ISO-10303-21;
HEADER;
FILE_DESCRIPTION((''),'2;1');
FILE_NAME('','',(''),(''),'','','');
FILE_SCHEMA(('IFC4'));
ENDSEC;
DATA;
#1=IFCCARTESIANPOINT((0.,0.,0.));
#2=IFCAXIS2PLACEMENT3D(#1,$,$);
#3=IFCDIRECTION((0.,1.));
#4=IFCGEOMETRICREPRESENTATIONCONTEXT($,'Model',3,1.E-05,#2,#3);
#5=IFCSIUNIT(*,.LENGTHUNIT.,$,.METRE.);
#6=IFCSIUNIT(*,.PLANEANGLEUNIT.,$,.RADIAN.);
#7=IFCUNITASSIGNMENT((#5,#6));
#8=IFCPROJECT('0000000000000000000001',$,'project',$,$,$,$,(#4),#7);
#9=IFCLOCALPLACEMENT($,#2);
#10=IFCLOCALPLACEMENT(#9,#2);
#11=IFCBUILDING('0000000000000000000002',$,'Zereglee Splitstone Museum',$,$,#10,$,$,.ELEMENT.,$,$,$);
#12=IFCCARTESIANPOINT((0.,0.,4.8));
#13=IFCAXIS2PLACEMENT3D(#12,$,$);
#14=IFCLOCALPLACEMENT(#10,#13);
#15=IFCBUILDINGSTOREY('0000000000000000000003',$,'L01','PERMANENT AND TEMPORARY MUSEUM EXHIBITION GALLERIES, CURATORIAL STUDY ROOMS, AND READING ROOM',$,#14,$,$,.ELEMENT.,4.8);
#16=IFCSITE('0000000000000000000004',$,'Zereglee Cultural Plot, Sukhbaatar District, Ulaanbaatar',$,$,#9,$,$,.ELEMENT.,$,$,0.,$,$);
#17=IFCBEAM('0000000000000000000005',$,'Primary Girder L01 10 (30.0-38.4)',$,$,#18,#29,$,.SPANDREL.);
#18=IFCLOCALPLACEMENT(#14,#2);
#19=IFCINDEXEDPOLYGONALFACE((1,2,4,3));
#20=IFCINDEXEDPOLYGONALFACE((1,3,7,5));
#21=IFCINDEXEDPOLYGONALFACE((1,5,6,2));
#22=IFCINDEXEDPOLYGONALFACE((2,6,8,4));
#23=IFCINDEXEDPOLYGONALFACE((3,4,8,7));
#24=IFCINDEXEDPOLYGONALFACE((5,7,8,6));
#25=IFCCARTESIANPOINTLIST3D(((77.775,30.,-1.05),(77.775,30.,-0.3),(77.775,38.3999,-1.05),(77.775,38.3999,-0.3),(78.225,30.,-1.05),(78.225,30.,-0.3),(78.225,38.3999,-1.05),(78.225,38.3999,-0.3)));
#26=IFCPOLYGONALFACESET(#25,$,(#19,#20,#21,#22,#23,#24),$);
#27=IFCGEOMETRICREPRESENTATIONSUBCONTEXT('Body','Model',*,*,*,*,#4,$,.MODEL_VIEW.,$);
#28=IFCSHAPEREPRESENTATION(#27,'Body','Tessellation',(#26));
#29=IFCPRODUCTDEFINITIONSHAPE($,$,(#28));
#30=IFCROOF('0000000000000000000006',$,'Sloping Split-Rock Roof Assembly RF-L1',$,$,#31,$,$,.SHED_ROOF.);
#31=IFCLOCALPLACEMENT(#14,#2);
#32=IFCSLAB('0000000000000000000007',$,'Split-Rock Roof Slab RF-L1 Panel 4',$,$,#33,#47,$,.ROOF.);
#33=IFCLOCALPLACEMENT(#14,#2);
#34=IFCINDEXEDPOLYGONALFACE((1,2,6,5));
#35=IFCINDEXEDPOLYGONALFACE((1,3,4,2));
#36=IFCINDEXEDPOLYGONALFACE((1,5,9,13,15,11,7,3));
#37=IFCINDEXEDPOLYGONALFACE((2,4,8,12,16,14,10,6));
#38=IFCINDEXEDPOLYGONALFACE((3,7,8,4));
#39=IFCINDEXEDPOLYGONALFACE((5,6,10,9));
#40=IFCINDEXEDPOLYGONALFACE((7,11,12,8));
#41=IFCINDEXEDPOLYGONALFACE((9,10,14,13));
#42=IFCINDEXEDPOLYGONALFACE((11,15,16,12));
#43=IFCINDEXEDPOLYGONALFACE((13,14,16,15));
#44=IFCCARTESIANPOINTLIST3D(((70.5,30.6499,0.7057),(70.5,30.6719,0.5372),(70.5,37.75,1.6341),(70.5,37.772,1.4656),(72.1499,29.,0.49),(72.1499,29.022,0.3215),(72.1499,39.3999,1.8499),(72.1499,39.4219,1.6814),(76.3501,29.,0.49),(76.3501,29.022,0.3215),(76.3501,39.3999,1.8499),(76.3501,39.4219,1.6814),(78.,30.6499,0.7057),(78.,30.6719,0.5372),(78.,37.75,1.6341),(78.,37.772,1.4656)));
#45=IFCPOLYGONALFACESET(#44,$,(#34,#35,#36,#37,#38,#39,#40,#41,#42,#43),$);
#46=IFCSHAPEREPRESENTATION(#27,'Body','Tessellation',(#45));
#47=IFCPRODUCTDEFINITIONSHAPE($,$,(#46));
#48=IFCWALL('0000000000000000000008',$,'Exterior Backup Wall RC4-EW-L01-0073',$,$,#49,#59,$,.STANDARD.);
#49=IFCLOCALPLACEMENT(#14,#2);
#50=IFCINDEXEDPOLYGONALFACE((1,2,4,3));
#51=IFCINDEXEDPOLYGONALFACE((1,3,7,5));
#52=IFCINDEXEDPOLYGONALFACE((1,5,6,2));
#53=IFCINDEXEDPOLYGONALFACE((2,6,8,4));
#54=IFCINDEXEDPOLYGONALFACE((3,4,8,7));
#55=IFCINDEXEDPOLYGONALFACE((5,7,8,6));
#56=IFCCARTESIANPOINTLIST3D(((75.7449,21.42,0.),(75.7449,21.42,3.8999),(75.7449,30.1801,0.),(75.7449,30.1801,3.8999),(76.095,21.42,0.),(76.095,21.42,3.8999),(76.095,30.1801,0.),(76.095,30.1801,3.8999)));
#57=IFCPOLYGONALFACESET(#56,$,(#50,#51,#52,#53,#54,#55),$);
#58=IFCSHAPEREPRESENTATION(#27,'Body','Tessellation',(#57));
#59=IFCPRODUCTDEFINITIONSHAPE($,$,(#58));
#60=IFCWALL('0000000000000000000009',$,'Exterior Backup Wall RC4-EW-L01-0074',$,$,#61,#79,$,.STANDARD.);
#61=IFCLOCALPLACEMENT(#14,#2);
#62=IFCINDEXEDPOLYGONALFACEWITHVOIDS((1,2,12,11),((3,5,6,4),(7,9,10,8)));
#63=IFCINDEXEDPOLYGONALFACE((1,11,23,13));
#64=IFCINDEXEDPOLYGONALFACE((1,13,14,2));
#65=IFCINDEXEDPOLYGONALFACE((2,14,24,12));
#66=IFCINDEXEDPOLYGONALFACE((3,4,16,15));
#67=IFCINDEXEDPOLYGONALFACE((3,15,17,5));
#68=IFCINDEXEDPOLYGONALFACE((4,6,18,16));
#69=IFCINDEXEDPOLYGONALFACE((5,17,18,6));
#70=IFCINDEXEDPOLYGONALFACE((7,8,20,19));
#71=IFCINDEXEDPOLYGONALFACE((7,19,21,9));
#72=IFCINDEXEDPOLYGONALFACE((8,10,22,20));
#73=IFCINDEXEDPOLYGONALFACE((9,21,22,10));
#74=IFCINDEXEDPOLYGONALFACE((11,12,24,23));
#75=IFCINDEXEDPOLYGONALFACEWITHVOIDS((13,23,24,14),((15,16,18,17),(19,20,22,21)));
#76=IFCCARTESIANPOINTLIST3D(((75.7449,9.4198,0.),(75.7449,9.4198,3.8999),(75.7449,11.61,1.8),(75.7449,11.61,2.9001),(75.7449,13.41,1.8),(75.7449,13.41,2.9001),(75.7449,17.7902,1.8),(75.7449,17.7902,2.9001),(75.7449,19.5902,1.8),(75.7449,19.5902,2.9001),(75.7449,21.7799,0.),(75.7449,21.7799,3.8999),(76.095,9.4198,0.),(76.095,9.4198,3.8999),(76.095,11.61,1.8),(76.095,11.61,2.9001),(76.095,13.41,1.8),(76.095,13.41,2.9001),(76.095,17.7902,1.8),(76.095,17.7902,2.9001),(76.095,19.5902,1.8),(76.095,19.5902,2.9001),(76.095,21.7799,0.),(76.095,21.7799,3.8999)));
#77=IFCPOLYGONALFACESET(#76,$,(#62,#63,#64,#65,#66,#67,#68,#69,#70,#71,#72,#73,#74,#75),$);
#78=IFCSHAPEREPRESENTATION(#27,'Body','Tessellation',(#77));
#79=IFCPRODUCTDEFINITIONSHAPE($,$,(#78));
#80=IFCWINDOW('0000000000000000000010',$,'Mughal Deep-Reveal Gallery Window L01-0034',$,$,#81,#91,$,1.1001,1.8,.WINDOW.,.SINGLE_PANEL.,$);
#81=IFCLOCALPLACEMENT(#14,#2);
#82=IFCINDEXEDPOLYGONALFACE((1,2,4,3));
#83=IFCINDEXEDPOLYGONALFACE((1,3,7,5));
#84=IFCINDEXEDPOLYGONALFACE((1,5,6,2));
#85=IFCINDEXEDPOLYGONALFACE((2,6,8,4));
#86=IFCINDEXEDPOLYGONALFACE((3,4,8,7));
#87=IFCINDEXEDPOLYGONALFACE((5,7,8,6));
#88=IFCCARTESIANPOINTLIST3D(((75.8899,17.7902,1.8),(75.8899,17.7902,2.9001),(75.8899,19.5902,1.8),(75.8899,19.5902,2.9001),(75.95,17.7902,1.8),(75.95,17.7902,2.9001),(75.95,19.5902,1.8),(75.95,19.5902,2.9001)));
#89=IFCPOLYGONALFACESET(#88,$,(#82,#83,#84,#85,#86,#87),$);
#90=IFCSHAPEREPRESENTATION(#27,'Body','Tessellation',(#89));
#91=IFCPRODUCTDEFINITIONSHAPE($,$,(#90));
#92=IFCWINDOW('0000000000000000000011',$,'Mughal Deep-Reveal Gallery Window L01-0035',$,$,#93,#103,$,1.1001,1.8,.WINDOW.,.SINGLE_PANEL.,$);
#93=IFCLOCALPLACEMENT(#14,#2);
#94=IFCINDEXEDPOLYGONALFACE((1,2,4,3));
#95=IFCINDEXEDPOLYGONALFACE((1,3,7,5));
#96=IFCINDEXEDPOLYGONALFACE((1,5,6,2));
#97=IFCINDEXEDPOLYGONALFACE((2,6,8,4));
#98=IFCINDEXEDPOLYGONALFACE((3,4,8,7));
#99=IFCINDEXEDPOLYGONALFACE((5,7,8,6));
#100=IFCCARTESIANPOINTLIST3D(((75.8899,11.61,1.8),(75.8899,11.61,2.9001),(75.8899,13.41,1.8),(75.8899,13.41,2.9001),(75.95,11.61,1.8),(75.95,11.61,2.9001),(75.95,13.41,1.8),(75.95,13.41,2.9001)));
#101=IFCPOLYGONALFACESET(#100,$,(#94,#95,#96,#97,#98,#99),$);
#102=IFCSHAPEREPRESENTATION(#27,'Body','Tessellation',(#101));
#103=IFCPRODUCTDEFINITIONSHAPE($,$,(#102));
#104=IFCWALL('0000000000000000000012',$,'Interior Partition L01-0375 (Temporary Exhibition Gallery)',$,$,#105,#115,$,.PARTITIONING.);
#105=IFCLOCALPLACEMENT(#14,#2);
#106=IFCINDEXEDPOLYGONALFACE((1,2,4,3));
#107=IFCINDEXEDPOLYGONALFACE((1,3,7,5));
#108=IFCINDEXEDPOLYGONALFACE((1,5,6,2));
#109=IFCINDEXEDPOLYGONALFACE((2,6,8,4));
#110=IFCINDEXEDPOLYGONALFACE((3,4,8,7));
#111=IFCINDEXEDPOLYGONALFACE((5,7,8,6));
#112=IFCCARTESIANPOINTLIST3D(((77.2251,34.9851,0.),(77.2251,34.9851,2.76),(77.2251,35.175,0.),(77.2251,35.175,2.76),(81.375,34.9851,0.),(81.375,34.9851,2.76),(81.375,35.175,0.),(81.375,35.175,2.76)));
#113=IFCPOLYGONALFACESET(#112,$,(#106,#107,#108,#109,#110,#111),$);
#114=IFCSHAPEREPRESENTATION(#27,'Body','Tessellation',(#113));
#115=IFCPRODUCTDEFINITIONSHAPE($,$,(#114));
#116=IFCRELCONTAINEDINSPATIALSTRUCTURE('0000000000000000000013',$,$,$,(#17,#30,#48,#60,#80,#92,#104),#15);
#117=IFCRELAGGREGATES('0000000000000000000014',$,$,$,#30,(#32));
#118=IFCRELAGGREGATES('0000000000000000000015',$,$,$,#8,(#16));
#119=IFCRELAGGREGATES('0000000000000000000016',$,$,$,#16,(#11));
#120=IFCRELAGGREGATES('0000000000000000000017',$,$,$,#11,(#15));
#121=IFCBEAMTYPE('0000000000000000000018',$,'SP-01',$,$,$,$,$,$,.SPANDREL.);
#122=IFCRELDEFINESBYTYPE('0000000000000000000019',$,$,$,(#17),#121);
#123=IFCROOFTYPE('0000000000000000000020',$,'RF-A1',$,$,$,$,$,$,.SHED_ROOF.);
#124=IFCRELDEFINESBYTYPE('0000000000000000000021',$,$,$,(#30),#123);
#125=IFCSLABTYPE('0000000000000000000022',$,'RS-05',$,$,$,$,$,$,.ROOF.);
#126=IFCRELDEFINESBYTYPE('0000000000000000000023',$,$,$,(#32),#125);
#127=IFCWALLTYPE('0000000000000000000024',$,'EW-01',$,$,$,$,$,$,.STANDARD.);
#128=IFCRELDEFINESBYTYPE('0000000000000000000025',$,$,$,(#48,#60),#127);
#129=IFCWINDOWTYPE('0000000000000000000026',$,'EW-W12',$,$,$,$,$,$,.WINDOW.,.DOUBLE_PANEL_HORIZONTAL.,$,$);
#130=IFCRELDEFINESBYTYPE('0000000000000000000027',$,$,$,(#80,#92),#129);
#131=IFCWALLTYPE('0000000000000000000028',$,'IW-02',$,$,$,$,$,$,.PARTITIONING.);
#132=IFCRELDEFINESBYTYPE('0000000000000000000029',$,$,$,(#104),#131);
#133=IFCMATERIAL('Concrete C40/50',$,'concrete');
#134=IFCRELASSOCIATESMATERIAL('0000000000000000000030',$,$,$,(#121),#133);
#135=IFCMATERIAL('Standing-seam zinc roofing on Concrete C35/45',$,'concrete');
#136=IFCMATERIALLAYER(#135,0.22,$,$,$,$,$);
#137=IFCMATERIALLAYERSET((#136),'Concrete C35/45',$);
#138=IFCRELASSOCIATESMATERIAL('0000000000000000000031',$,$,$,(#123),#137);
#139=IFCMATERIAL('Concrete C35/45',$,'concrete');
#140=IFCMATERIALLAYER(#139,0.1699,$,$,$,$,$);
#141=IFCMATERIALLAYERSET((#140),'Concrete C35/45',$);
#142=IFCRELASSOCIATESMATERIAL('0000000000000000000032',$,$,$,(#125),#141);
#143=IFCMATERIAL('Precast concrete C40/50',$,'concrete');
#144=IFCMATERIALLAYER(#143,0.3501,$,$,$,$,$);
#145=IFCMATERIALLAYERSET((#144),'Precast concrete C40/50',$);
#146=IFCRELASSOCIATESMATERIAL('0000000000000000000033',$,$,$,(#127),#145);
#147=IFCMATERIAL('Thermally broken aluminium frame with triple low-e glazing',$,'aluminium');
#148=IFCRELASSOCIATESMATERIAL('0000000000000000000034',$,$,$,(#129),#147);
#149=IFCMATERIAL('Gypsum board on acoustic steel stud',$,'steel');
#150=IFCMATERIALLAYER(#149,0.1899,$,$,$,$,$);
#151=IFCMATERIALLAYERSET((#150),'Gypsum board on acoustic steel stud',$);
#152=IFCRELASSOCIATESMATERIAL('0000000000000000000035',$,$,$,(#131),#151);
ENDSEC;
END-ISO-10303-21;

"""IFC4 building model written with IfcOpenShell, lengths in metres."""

from ifc_helpers import new_model, si_unit, direction, frame, frame_2d, origin, origin_2d, place, context, subcontext, project, spatial, polyline, rectangle, outline, extrude, material, layer, layer_set, material_profile, profile_set, type_object, element, fill, aggregate, save


model = new_model("IFC4")

# Units and contexts
model_context = context("Model", 3, precision=1e-05, world=origin(), true_north=direction((0.0, 1.0)))
body_context = subcontext(model_context, "Body", "Model", "MODEL_VIEW")
ifc_project = project(units=[si_unit("LENGTHUNIT", "METRE"), si_unit("PLANEANGLEUNIT", "RADIAN")], contexts=[model_context])

# Site, building, storey
site_placement = place(None, origin())
site = spatial("IfcSite", under=ifc_project, at=site_placement, Name="Zereglee Cultural Plot, Sukhbaatar District, Ulaanbaatar", CompositionType="ELEMENT", RefElevation=0.0)
building_placement = place(site_placement, origin())
building = spatial("IfcBuilding", under=site, at=building_placement, Name="Zereglee Splitstone Museum", CompositionType="ELEMENT")
storey_placement = place(building_placement, frame((0.0, 0.0, 4.8)))
storey = spatial("IfcBuildingStorey", under=building, at=storey_placement, Name="L01", Description="PERMANENT AND TEMPORARY MUSEUM EXHIBITION GALLERIES, CURATORIAL STUDY ROOMS, AND READING ROOM", CompositionType="ELEMENT", Elevation=4.8)

# Beam
ifc_material_1 = material(Name="Concrete C40/50", Category="concrete")
ifc_material_profile_1 = material_profile(ifc_material_1, rectangle(XDim=0.45, YDim=0.75, at=origin_2d()), Name="RC 450x750")
ifc_profile_set_1 = profile_set([ifc_material_profile_1], Name="Concrete C40/50")
beam_type_1 = type_object("IfcBeamType", Name="SP-01", PredefinedType="SPANDREL", material=ifc_profile_set_1)
beam_1_placement = place(storey_placement, frame((78.0, 30.0, -0.675), z_axis=(0.0, 1.0, 0.0), x_axis=(-1.0, 0.0, 0.0)))
element("IfcBeam", 1, at=beam_1_placement, inside=storey, type_object=beam_type_1, Name="Primary Girder L01 10 (30.0-38.4)", PredefinedType="SPANDREL", context=body_context, shape_type="SweptSolid", body=[
    extrude(rectangle(XDim=0.45, YDim=0.75, at=origin_2d()), origin(), (0.0, 0.0, 1.0), 8.3999),
])

# Roof, slab
ifc_material_2 = material(Name="Standing-seam zinc roofing on Concrete C35/45", Category="concrete")
ifc_layer_1 = layer(ifc_material_2, 0.22)
ifc_layer_set_1 = layer_set([ifc_layer_1], Name="Concrete C35/45")
roof_type = type_object("IfcRoofType", Name="RF-A1", PredefinedType="SHED_ROOF", material=ifc_layer_set_1)
roof_placement = place(storey_placement, origin())
roof = element("IfcRoof", 2, at=roof_placement, inside=storey, type_object=roof_type, Name="Sloping Split-Rock Roof Assembly RF-L1", PredefinedType="SHED_ROOF")
ifc_material_3 = material(Name="Concrete C35/45", Category="concrete")
ifc_layer_2 = layer(ifc_material_3, 0.1699)
ifc_layer_set_2 = layer_set([ifc_layer_2], Name="Concrete C35/45")
slab_type = type_object("IfcSlabType", Name="RS-05", PredefinedType="ROOF", material=ifc_layer_set_2)
slab_placement = place(storey_placement, frame((72.1499, 29.0, 0.49), z_axis=(0.0, -0.129655, 0.991559), x_axis=(1.0, 0.0, 0.0)))
slab = element("IfcSlab", 3, at=slab_placement, type_object=slab_type, Name="Split-Rock Roof Slab RF-L1 Panel 4", PredefinedType="ROOF", context=body_context, shape_type="SweptSolid", body=[
    extrude(outline(polyline([(0.0, 0.0), (4.2002, 0.0), (5.8501, 1.664), (5.8501, 8.8245), (4.2002, 10.4884), (0.0, 10.4884), (-1.6499, 8.8245), (-1.6499, 1.664), (0.0, 0.0)])), origin(), (0.0, 0.0, -1.0), 0.1699),
])
aggregate(roof, [slab])

# Wall
ifc_material_4 = material(Name="Precast concrete C40/50", Category="concrete")
ifc_layer_3 = layer(ifc_material_4, 0.3501)
ifc_layer_set_3 = layer_set([ifc_layer_3], Name="Precast concrete C40/50")
wall_type_1 = type_object("IfcWallType", Name="EW-01", PredefinedType="STANDARD", material=ifc_layer_set_3)
wall_1_placement = place(storey_placement, frame((75.9199, 30.1799, 0.0), z_axis=(0.0, 0.0, 1.0), x_axis=(0.0, -1.0, 0.0)))
element("IfcWall", 4, at=wall_1_placement, inside=storey, type_object=wall_type_1, Name="Exterior Backup Wall RC4-EW-L01-0073", PredefinedType="STANDARD", context=body_context, shape_type="SweptSolid", body=[
    extrude(rectangle(XDim=8.76, YDim=0.3501, at=frame_2d((4.3799, 0.0))), origin(), (0.0, 0.0, 1.0), 3.8999),
])

# Wall, openings, windows
wall_2_placement = place(storey_placement, frame((75.9199, 21.78, 0.0), z_axis=(0.0, 0.0, 1.0), x_axis=(0.0, -1.0, 0.0)))
wall_2 = element("IfcWall", 5, at=wall_2_placement, inside=storey, type_object=wall_type_1, Name="Exterior Backup Wall RC4-EW-L01-0074", PredefinedType="STANDARD", context=body_context, shape_type="SweptSolid", body=[
    extrude(rectangle(XDim=12.3601, YDim=0.3501, at=frame_2d((6.1802, 0.0))), origin(), (0.0, 0.0, 1.0), 3.8999),
])
opening_1_placement = place(wall_2_placement, frame((2.1899, 0.0, 1.8)))
opening_1 = element("IfcOpeningElement", 6, at=opening_1_placement, cuts=wall_2, PredefinedType="OPENING", context=body_context, shape_type="SweptSolid", body=[
    extrude(rectangle(XDim=1.8, YDim=1.1001, at=frame_2d((0.8999, 0.55))), frame((0.0, 0.1899, 0.0), z_axis=(0.0, -1.0, 0.0), x_axis=(1.0, 0.0, 0.0)), (0.0, 0.0, 1.0), 0.3799),
])
opening_2_placement = place(wall_2_placement, frame((8.3701, 0.0, 1.8)))
opening_2 = element("IfcOpeningElement", 7, at=opening_2_placement, cuts=wall_2, PredefinedType="OPENING", context=body_context, shape_type="SweptSolid", body=[
    extrude(rectangle(XDim=1.8, YDim=1.1001, at=frame_2d((0.8999, 0.55))), frame((0.0, 0.1899, 0.0), z_axis=(0.0, -1.0, 0.0), x_axis=(1.0, 0.0, 0.0)), (0.0, 0.0, 1.0), 0.3799),
])
ifc_material_5 = material(Name="Thermally broken aluminium frame with triple low-e glazing", Category="aluminium")
window_type = type_object("IfcWindowType", Name="EW-W12", PartitioningType="DOUBLE_PANEL_HORIZONTAL", PredefinedType="WINDOW", material=ifc_material_5)
window_1_placement = place(opening_1_placement, origin())
window_1 = element("IfcWindow", 8, at=window_1_placement, inside=storey, type_object=window_type, Name="Mughal Deep-Reveal Gallery Window L01-0034", OverallHeight=1.1001, OverallWidth=1.8, PartitioningType="SINGLE_PANEL", PredefinedType="WINDOW", context=body_context, shape_type="SweptSolid", body=[
    extrude(rectangle(XDim=1.8, YDim=1.1001, at=frame_2d((0.8999, 0.55))), frame((0.0, 0.03, 0.0), z_axis=(0.0, -1.0, 0.0), x_axis=(1.0, 0.0, 0.0)), (0.0, 0.0, 1.0), 0.0601),
])
fill(opening_1, window_1)
window_2_placement = place(opening_2_placement, origin())
window_2 = element("IfcWindow", 9, at=window_2_placement, inside=storey, type_object=window_type, Name="Mughal Deep-Reveal Gallery Window L01-0035", OverallHeight=1.1001, OverallWidth=1.8, PartitioningType="SINGLE_PANEL", PredefinedType="WINDOW", context=body_context, shape_type="SweptSolid", body=[
    extrude(rectangle(XDim=1.8, YDim=1.1001, at=frame_2d((0.8999, 0.55))), frame((0.0, 0.03, 0.0), z_axis=(0.0, -1.0, 0.0), x_axis=(1.0, 0.0, 0.0)), (0.0, 0.0, 1.0), 0.0601),
])
fill(opening_2, window_2)

# Wall
ifc_material_6 = material(Name="Gypsum board on acoustic steel stud", Category="steel")
ifc_layer_4 = layer(ifc_material_6, 0.1899)
ifc_layer_set_4 = layer_set([ifc_layer_4], Name="Gypsum board on acoustic steel stud")
wall_type_2 = type_object("IfcWallType", Name="IW-02", PredefinedType="PARTITIONING", material=ifc_layer_set_4)
wall_3_placement = place(storey_placement, frame((77.2251, 35.0801, 0.0), z_axis=(0.0, 0.0, 1.0), x_axis=(1.0, 0.0, 0.0)))
element("IfcWall", 10, at=wall_3_placement, inside=storey, type_object=wall_type_2, Name="Interior Partition L01-0375 (Temporary Exhibition Gallery)", PredefinedType="PARTITIONING", context=body_context, shape_type="SweptSolid", body=[
    extrude(rectangle(XDim=4.1499, YDim=0.1899, at=frame_2d((2.075, 0.0))), origin(), (0.0, 0.0, 1.0), 2.76),
])

save(model, "model.ifc")
